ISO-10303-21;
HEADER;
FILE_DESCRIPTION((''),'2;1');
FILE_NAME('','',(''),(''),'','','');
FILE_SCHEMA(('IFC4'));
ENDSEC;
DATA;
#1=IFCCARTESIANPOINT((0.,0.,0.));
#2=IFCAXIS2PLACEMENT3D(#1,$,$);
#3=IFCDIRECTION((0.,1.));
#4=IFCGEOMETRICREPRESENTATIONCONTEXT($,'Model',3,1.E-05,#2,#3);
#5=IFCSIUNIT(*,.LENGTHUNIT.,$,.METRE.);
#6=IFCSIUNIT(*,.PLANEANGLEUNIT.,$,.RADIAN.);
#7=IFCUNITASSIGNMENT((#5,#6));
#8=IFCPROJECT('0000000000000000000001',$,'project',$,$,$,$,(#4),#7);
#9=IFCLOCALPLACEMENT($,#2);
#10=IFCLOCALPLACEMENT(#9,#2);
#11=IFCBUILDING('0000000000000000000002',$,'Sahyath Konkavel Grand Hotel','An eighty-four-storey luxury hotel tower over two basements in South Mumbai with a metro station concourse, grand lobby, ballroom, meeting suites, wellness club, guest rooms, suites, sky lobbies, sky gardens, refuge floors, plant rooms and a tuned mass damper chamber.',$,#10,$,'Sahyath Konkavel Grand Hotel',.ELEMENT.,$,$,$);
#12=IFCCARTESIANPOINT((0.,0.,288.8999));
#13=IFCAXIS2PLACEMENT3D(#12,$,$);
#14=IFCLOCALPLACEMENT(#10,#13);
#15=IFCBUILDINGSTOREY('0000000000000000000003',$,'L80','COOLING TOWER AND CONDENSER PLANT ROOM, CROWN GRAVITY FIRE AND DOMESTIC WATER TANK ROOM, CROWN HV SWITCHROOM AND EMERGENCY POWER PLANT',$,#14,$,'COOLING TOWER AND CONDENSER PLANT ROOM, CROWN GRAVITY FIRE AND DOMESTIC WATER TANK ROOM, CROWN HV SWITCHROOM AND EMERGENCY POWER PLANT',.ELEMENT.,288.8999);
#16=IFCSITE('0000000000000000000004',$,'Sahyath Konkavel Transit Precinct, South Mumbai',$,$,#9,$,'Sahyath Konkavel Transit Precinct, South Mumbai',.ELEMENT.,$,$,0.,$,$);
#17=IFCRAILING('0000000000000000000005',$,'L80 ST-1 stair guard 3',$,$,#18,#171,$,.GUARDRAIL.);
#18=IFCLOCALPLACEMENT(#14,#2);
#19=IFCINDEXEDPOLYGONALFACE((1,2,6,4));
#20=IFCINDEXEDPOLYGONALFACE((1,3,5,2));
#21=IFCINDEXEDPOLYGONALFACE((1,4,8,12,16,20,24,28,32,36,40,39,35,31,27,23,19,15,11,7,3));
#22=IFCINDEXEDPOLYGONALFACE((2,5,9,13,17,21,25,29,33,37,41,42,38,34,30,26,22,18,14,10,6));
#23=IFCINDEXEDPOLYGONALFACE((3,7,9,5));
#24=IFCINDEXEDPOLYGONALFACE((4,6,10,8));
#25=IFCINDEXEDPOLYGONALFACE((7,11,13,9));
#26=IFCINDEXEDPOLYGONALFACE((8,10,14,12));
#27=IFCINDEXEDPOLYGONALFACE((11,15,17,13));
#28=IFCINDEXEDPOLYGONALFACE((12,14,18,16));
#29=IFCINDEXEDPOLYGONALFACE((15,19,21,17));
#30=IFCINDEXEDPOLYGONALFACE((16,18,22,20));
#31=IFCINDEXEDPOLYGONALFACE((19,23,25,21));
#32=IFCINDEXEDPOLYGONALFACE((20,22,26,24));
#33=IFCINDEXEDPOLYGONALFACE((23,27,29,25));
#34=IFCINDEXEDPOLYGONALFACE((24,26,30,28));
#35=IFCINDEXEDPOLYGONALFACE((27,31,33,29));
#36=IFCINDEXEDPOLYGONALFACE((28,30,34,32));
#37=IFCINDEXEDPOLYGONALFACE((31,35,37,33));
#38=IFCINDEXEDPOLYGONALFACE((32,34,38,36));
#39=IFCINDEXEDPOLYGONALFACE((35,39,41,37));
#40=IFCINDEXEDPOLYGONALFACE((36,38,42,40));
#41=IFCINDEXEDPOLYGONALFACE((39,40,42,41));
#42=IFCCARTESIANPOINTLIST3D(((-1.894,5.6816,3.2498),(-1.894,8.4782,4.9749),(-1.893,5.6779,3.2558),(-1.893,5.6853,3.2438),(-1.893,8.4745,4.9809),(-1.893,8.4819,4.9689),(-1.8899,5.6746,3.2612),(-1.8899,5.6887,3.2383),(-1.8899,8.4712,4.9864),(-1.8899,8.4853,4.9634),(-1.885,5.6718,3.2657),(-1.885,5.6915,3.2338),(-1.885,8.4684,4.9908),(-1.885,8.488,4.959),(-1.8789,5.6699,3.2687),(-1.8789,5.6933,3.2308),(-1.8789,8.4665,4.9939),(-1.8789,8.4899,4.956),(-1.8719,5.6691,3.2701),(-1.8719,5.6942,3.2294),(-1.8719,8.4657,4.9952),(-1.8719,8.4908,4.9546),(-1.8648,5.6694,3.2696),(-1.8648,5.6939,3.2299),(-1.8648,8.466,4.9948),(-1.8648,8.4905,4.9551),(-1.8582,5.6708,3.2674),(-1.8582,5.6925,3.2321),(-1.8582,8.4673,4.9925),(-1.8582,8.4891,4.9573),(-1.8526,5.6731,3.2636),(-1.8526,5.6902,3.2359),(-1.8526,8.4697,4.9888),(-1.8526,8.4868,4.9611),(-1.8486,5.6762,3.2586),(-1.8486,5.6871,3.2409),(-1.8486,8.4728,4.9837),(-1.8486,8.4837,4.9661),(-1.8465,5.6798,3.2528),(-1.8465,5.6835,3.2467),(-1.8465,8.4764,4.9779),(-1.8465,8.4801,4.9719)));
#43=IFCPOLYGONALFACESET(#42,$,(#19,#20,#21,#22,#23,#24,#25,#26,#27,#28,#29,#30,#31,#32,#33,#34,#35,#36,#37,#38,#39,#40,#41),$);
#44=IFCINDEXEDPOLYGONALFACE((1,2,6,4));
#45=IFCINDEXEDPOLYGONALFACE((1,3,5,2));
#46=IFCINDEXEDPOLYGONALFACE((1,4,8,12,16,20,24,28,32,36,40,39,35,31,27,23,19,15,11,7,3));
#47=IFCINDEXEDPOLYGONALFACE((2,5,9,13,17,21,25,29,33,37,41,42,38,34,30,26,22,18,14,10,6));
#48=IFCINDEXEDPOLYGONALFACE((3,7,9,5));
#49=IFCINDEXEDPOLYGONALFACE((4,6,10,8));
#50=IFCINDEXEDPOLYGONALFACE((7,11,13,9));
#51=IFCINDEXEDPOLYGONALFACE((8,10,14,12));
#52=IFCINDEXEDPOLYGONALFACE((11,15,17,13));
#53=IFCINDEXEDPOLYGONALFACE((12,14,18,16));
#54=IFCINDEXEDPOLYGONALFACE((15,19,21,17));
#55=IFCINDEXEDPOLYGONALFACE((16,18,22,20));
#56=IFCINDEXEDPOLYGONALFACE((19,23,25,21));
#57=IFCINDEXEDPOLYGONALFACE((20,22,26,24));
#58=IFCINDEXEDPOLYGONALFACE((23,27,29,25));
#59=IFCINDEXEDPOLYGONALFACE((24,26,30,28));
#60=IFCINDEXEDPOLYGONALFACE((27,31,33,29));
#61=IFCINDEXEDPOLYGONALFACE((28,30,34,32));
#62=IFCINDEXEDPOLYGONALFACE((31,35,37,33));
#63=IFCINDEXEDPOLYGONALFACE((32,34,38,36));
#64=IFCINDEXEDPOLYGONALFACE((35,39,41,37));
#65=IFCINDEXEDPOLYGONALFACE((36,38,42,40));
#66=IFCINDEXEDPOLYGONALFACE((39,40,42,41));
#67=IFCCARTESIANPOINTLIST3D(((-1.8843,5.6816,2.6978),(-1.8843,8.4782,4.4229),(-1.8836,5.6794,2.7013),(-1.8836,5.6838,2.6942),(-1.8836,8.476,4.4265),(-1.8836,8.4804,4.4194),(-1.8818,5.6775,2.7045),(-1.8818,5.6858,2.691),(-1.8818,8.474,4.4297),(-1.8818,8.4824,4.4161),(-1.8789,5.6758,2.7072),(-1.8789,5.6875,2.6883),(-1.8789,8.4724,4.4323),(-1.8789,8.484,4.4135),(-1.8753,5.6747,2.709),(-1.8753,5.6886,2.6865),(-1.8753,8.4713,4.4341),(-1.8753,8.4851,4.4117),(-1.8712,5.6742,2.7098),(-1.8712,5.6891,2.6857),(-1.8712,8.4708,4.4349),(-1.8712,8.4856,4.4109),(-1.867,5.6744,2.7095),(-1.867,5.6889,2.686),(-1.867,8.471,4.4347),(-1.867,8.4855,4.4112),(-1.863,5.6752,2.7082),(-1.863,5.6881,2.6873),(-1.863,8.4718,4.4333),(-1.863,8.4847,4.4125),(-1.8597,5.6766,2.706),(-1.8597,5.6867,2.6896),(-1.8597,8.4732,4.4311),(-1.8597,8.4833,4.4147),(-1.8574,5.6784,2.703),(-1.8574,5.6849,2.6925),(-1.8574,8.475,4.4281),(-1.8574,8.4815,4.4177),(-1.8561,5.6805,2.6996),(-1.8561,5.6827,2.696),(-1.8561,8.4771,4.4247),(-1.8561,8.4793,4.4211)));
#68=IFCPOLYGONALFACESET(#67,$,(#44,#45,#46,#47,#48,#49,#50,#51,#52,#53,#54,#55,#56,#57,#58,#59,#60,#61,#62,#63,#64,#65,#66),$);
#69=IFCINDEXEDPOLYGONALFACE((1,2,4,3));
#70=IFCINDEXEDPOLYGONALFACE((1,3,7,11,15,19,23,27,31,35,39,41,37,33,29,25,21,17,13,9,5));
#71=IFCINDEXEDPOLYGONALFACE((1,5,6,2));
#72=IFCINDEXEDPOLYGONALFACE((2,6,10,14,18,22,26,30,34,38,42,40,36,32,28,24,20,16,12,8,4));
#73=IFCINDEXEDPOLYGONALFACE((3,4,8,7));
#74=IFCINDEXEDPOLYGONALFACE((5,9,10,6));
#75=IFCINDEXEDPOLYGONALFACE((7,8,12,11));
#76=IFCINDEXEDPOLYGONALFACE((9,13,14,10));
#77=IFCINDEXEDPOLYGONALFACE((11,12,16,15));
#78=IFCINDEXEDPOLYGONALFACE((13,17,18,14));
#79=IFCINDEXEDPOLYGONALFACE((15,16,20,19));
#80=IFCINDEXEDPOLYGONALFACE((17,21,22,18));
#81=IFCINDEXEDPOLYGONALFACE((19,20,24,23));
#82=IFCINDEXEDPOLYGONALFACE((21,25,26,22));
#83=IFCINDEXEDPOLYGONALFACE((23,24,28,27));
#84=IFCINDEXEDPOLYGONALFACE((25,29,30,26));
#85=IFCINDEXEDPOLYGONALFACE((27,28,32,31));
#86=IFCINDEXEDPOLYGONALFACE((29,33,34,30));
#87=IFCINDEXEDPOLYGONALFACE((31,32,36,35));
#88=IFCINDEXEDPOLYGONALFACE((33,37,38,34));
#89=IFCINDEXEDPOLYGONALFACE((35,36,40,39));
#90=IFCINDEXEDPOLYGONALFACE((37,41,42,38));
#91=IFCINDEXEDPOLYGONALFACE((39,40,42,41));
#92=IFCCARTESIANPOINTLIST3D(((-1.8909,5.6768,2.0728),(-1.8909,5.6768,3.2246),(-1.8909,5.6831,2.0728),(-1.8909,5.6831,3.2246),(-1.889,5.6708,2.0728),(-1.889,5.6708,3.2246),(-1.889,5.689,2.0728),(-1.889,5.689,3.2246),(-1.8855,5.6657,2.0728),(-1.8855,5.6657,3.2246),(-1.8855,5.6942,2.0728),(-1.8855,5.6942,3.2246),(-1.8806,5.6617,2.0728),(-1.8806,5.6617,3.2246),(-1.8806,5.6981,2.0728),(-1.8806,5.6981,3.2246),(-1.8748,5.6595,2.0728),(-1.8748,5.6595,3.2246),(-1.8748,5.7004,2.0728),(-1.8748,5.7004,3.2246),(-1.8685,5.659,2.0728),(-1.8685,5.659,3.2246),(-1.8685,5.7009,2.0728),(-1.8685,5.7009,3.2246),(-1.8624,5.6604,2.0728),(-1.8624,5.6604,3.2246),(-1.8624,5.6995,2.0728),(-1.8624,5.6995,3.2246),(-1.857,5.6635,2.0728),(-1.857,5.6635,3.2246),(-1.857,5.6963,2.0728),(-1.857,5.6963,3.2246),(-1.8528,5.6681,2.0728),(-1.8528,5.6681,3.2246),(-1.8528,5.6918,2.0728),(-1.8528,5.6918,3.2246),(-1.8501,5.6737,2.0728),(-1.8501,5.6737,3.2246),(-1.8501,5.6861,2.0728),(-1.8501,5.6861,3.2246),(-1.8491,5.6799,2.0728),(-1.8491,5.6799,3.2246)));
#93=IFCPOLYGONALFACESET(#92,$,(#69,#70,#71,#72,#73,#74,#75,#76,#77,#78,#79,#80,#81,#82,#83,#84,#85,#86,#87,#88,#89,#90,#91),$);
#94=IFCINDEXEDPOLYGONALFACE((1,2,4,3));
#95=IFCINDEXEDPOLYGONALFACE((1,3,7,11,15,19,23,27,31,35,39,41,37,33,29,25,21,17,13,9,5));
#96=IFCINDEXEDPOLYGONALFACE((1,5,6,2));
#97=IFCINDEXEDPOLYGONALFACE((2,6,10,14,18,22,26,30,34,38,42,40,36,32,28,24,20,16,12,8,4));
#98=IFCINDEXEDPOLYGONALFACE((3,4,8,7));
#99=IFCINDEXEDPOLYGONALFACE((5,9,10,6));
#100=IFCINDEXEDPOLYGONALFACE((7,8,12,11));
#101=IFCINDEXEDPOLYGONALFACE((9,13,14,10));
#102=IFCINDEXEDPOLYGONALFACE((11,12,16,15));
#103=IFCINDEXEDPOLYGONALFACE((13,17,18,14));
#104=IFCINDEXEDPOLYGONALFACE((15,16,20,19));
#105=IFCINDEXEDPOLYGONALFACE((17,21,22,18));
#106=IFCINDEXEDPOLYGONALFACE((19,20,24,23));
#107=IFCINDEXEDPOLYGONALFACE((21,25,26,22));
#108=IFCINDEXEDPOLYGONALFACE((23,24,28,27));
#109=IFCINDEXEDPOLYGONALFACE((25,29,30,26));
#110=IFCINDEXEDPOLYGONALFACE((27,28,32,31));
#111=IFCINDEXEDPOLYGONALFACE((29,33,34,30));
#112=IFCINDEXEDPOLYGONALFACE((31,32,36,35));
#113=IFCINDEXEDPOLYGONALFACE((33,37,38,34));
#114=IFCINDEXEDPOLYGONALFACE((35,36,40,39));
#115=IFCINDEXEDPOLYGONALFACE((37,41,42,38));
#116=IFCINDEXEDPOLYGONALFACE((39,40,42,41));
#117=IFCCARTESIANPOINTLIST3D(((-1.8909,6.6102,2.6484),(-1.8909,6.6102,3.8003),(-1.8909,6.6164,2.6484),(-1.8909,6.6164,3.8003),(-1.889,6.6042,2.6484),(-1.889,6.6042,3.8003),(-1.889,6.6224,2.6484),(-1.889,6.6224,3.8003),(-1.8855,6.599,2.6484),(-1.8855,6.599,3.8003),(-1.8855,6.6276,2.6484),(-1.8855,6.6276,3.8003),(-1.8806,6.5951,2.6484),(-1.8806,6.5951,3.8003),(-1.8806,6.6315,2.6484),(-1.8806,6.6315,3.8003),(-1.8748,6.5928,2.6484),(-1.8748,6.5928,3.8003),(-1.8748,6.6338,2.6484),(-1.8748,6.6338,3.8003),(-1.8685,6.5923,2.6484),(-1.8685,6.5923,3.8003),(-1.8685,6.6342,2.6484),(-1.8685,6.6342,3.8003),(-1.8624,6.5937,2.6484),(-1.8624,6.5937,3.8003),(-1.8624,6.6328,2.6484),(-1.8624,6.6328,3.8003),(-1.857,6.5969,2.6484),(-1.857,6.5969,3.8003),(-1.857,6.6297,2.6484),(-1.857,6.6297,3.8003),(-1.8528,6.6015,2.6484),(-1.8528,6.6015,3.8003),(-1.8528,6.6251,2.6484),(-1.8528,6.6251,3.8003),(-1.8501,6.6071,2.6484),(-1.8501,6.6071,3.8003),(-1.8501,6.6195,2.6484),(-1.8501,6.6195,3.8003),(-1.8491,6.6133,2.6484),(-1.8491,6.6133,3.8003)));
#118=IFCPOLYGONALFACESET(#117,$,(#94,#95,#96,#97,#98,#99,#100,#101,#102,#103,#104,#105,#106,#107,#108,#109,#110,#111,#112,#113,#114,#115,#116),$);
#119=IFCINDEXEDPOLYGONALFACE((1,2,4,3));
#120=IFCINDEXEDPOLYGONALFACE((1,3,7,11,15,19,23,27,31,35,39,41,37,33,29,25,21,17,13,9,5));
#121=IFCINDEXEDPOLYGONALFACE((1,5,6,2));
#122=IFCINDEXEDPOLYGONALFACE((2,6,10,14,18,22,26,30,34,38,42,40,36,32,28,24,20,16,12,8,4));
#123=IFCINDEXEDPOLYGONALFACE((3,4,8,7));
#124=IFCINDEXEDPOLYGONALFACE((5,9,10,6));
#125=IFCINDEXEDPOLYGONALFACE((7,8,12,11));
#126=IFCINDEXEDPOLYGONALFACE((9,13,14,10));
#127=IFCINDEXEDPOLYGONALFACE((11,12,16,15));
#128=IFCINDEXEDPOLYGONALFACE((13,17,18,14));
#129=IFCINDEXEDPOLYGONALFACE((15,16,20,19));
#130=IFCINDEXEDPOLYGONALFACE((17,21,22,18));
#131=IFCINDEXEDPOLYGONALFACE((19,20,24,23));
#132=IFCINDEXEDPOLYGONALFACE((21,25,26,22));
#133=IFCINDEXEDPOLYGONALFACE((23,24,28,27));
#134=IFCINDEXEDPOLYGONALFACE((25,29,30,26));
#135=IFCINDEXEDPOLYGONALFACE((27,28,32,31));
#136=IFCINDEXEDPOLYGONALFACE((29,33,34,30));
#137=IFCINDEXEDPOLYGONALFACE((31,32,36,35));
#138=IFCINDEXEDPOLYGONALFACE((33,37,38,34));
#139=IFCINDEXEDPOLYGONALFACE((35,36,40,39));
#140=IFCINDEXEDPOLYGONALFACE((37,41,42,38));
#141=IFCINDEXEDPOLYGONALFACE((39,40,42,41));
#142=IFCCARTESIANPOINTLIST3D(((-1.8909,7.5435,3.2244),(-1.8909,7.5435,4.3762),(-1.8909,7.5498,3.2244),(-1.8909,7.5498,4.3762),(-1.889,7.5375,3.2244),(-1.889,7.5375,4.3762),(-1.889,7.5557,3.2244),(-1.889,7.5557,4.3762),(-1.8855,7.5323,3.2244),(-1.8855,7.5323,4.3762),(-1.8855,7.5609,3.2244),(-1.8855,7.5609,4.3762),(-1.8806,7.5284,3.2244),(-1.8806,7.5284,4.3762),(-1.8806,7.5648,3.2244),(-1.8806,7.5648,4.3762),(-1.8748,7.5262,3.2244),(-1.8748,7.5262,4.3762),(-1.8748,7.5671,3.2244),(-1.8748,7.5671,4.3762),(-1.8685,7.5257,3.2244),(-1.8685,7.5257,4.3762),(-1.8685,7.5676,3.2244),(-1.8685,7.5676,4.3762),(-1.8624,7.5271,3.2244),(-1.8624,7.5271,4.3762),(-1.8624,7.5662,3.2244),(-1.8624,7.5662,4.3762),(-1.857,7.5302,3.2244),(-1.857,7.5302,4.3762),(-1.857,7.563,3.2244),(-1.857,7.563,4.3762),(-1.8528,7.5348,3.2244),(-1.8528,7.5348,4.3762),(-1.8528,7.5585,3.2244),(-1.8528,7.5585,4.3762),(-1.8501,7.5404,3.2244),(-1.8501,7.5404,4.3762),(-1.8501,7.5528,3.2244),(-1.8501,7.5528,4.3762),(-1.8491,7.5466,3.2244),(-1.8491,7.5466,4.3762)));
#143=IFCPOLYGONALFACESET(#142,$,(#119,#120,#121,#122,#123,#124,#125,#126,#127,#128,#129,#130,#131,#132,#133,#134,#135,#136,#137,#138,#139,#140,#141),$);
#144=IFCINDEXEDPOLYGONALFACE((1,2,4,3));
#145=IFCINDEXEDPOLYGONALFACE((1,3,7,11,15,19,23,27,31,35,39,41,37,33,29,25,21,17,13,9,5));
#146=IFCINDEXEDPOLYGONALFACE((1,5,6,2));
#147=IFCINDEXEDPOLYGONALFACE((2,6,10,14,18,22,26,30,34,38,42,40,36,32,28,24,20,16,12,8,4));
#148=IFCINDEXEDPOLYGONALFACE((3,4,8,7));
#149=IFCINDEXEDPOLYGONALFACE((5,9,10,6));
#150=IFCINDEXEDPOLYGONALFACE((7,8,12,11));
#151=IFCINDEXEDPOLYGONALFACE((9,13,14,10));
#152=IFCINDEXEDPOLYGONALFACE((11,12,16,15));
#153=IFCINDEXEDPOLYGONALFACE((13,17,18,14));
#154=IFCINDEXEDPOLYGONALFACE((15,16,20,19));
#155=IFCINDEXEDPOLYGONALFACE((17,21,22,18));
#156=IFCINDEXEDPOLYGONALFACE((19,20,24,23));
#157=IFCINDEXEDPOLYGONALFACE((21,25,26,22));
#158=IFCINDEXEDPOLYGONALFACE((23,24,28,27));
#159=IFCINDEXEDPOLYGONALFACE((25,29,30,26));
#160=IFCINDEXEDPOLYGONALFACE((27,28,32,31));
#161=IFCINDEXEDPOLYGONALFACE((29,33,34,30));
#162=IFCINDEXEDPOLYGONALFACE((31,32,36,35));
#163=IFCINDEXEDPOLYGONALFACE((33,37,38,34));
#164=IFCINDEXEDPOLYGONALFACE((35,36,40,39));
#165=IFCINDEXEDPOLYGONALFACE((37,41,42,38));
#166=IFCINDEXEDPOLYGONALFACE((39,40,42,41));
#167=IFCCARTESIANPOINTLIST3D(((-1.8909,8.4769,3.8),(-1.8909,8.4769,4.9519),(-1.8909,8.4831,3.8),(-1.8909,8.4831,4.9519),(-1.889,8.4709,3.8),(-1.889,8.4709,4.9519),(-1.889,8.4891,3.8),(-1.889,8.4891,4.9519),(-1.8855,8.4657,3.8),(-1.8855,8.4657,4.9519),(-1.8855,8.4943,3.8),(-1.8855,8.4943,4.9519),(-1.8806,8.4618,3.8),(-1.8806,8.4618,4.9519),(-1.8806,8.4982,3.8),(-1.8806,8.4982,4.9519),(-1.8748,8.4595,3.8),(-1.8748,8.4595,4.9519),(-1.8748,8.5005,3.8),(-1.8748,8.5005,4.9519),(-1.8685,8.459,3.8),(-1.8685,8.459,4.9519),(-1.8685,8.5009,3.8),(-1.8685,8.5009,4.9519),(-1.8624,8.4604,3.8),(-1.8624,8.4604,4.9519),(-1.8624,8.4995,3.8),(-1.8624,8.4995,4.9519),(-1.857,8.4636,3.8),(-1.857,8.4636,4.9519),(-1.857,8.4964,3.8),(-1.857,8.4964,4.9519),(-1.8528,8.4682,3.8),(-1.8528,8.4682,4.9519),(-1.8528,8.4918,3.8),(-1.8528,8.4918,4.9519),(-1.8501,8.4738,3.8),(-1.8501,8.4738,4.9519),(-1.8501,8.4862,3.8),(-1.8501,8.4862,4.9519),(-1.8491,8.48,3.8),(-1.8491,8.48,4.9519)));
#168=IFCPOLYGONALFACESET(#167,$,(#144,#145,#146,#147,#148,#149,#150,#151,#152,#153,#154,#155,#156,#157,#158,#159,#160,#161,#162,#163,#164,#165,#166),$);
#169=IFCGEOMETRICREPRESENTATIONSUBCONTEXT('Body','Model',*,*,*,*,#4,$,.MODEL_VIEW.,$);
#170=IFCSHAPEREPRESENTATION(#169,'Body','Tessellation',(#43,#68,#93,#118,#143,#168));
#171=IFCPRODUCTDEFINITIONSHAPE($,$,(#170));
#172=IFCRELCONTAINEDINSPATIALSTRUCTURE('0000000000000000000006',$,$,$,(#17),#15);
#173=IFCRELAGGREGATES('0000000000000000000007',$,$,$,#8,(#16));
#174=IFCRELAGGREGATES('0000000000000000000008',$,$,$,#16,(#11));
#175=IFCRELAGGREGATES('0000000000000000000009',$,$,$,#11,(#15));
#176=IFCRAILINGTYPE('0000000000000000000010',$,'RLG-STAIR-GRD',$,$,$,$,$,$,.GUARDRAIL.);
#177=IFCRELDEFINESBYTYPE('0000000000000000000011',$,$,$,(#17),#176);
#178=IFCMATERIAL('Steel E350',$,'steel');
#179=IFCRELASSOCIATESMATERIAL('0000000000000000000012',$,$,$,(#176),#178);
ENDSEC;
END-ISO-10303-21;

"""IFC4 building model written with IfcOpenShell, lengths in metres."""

from ifc_helpers import new_model, si_unit, direction, frame, origin, origin_2d, place, context, subcontext, project, spatial, circle, extrude, material, type_object, element, save


model = new_model("IFC4")

# Units and contexts
model_context = context("Model", 3, precision=1e-05, world=origin(), true_north=direction((0.0, 1.0)))
body_context = subcontext(model_context, "Body", "Model", "MODEL_VIEW")
ifc_project = project(units=[si_unit("LENGTHUNIT", "METRE"), si_unit("PLANEANGLEUNIT", "RADIAN")], contexts=[model_context])

# Site, building, storey
site_placement = place(None, origin())
site = spatial("IfcSite", under=ifc_project, at=site_placement, Name="Sahyath Konkavel Transit Precinct, South Mumbai", LongName="Sahyath Konkavel Transit Precinct, South Mumbai", CompositionType="ELEMENT", RefElevation=0.0)
building_placement = place(site_placement, origin())
building = spatial("IfcBuilding", under=site, at=building_placement, Name="Sahyath Konkavel Grand Hotel", Description="An eighty-four-storey luxury hotel tower over two basements in South Mumbai with a metro station concourse, grand lobby, ballroom, meeting suites, wellness club, guest rooms, suites, sky lobbies, sky gardens, refuge floors, plant rooms and a tuned mass damper chamber.", LongName="Sahyath Konkavel Grand Hotel", CompositionType="ELEMENT")
storey_placement = place(building_placement, frame((0.0, 0.0, 288.8999)))
storey = spatial("IfcBuildingStorey", under=building, at=storey_placement, Name="L80", Description="COOLING TOWER AND CONDENSER PLANT ROOM, CROWN GRAVITY FIRE AND DOMESTIC WATER TANK ROOM, CROWN HV SWITCHROOM AND EMERGENCY POWER PLANT", LongName="COOLING TOWER AND CONDENSER PLANT ROOM, CROWN GRAVITY FIRE AND DOMESTIC WATER TANK ROOM, CROWN HV SWITCHROOM AND EMERGENCY POWER PLANT", CompositionType="ELEMENT", Elevation=288.8999)

# Shared definitions
ifc_material_1 = material(Name="Steel E350", Category="steel")

# Railing
railing_type_1 = type_object("IfcRailingType", Name="RLG-STAIR-GRD", PredefinedType="GUARDRAIL", material=ifc_material_1)
railing_1_placement = place(storey_placement, frame((-1.8701, 5.6799, 2.0728)))
element("IfcRailing", 1, at=railing_1_placement, inside=storey, type_object=railing_type_1, Name="L80 ST-1 stair guard 3", PredefinedType="GUARDRAIL", context=body_context, shape_type="SweptSolid", body=[
    extrude(circle(Radius=0.0239, at=origin_2d()), frame((0.0, 0.0017, 1.177), z_axis=(0.0, 0.85109, 0.52502), x_axis=(-1.0, 0.0, 0.0)), (0.0, 0.0, 1.0), 3.2859),
    extrude(circle(Radius=0.0142, at=origin_2d()), frame((0.0, 0.0017, 0.625), z_axis=(0.0, 0.85109, 0.52502), x_axis=(-1.0, 0.0, 0.0)), (0.0, 0.0, 1.0), 3.2859),
    extrude(circle(Radius=0.021, at=origin_2d()), origin(), (0.0, 0.0, 1.0), 1.1519),
    extrude(circle(Radius=0.021, at=origin_2d()), frame((0.0, 0.9333, 0.5757)), (0.0, 0.0, 1.0), 1.1519),
    extrude(circle(Radius=0.021, at=origin_2d()), frame((0.0, 1.8667, 1.1516)), (0.0, 0.0, 1.0), 1.1519),
    extrude(circle(Radius=0.021, at=origin_2d()), frame((0.0, 2.8, 1.7273)), (0.0, 0.0, 1.0), 1.1519),
])

save(model, "model.ifc")
